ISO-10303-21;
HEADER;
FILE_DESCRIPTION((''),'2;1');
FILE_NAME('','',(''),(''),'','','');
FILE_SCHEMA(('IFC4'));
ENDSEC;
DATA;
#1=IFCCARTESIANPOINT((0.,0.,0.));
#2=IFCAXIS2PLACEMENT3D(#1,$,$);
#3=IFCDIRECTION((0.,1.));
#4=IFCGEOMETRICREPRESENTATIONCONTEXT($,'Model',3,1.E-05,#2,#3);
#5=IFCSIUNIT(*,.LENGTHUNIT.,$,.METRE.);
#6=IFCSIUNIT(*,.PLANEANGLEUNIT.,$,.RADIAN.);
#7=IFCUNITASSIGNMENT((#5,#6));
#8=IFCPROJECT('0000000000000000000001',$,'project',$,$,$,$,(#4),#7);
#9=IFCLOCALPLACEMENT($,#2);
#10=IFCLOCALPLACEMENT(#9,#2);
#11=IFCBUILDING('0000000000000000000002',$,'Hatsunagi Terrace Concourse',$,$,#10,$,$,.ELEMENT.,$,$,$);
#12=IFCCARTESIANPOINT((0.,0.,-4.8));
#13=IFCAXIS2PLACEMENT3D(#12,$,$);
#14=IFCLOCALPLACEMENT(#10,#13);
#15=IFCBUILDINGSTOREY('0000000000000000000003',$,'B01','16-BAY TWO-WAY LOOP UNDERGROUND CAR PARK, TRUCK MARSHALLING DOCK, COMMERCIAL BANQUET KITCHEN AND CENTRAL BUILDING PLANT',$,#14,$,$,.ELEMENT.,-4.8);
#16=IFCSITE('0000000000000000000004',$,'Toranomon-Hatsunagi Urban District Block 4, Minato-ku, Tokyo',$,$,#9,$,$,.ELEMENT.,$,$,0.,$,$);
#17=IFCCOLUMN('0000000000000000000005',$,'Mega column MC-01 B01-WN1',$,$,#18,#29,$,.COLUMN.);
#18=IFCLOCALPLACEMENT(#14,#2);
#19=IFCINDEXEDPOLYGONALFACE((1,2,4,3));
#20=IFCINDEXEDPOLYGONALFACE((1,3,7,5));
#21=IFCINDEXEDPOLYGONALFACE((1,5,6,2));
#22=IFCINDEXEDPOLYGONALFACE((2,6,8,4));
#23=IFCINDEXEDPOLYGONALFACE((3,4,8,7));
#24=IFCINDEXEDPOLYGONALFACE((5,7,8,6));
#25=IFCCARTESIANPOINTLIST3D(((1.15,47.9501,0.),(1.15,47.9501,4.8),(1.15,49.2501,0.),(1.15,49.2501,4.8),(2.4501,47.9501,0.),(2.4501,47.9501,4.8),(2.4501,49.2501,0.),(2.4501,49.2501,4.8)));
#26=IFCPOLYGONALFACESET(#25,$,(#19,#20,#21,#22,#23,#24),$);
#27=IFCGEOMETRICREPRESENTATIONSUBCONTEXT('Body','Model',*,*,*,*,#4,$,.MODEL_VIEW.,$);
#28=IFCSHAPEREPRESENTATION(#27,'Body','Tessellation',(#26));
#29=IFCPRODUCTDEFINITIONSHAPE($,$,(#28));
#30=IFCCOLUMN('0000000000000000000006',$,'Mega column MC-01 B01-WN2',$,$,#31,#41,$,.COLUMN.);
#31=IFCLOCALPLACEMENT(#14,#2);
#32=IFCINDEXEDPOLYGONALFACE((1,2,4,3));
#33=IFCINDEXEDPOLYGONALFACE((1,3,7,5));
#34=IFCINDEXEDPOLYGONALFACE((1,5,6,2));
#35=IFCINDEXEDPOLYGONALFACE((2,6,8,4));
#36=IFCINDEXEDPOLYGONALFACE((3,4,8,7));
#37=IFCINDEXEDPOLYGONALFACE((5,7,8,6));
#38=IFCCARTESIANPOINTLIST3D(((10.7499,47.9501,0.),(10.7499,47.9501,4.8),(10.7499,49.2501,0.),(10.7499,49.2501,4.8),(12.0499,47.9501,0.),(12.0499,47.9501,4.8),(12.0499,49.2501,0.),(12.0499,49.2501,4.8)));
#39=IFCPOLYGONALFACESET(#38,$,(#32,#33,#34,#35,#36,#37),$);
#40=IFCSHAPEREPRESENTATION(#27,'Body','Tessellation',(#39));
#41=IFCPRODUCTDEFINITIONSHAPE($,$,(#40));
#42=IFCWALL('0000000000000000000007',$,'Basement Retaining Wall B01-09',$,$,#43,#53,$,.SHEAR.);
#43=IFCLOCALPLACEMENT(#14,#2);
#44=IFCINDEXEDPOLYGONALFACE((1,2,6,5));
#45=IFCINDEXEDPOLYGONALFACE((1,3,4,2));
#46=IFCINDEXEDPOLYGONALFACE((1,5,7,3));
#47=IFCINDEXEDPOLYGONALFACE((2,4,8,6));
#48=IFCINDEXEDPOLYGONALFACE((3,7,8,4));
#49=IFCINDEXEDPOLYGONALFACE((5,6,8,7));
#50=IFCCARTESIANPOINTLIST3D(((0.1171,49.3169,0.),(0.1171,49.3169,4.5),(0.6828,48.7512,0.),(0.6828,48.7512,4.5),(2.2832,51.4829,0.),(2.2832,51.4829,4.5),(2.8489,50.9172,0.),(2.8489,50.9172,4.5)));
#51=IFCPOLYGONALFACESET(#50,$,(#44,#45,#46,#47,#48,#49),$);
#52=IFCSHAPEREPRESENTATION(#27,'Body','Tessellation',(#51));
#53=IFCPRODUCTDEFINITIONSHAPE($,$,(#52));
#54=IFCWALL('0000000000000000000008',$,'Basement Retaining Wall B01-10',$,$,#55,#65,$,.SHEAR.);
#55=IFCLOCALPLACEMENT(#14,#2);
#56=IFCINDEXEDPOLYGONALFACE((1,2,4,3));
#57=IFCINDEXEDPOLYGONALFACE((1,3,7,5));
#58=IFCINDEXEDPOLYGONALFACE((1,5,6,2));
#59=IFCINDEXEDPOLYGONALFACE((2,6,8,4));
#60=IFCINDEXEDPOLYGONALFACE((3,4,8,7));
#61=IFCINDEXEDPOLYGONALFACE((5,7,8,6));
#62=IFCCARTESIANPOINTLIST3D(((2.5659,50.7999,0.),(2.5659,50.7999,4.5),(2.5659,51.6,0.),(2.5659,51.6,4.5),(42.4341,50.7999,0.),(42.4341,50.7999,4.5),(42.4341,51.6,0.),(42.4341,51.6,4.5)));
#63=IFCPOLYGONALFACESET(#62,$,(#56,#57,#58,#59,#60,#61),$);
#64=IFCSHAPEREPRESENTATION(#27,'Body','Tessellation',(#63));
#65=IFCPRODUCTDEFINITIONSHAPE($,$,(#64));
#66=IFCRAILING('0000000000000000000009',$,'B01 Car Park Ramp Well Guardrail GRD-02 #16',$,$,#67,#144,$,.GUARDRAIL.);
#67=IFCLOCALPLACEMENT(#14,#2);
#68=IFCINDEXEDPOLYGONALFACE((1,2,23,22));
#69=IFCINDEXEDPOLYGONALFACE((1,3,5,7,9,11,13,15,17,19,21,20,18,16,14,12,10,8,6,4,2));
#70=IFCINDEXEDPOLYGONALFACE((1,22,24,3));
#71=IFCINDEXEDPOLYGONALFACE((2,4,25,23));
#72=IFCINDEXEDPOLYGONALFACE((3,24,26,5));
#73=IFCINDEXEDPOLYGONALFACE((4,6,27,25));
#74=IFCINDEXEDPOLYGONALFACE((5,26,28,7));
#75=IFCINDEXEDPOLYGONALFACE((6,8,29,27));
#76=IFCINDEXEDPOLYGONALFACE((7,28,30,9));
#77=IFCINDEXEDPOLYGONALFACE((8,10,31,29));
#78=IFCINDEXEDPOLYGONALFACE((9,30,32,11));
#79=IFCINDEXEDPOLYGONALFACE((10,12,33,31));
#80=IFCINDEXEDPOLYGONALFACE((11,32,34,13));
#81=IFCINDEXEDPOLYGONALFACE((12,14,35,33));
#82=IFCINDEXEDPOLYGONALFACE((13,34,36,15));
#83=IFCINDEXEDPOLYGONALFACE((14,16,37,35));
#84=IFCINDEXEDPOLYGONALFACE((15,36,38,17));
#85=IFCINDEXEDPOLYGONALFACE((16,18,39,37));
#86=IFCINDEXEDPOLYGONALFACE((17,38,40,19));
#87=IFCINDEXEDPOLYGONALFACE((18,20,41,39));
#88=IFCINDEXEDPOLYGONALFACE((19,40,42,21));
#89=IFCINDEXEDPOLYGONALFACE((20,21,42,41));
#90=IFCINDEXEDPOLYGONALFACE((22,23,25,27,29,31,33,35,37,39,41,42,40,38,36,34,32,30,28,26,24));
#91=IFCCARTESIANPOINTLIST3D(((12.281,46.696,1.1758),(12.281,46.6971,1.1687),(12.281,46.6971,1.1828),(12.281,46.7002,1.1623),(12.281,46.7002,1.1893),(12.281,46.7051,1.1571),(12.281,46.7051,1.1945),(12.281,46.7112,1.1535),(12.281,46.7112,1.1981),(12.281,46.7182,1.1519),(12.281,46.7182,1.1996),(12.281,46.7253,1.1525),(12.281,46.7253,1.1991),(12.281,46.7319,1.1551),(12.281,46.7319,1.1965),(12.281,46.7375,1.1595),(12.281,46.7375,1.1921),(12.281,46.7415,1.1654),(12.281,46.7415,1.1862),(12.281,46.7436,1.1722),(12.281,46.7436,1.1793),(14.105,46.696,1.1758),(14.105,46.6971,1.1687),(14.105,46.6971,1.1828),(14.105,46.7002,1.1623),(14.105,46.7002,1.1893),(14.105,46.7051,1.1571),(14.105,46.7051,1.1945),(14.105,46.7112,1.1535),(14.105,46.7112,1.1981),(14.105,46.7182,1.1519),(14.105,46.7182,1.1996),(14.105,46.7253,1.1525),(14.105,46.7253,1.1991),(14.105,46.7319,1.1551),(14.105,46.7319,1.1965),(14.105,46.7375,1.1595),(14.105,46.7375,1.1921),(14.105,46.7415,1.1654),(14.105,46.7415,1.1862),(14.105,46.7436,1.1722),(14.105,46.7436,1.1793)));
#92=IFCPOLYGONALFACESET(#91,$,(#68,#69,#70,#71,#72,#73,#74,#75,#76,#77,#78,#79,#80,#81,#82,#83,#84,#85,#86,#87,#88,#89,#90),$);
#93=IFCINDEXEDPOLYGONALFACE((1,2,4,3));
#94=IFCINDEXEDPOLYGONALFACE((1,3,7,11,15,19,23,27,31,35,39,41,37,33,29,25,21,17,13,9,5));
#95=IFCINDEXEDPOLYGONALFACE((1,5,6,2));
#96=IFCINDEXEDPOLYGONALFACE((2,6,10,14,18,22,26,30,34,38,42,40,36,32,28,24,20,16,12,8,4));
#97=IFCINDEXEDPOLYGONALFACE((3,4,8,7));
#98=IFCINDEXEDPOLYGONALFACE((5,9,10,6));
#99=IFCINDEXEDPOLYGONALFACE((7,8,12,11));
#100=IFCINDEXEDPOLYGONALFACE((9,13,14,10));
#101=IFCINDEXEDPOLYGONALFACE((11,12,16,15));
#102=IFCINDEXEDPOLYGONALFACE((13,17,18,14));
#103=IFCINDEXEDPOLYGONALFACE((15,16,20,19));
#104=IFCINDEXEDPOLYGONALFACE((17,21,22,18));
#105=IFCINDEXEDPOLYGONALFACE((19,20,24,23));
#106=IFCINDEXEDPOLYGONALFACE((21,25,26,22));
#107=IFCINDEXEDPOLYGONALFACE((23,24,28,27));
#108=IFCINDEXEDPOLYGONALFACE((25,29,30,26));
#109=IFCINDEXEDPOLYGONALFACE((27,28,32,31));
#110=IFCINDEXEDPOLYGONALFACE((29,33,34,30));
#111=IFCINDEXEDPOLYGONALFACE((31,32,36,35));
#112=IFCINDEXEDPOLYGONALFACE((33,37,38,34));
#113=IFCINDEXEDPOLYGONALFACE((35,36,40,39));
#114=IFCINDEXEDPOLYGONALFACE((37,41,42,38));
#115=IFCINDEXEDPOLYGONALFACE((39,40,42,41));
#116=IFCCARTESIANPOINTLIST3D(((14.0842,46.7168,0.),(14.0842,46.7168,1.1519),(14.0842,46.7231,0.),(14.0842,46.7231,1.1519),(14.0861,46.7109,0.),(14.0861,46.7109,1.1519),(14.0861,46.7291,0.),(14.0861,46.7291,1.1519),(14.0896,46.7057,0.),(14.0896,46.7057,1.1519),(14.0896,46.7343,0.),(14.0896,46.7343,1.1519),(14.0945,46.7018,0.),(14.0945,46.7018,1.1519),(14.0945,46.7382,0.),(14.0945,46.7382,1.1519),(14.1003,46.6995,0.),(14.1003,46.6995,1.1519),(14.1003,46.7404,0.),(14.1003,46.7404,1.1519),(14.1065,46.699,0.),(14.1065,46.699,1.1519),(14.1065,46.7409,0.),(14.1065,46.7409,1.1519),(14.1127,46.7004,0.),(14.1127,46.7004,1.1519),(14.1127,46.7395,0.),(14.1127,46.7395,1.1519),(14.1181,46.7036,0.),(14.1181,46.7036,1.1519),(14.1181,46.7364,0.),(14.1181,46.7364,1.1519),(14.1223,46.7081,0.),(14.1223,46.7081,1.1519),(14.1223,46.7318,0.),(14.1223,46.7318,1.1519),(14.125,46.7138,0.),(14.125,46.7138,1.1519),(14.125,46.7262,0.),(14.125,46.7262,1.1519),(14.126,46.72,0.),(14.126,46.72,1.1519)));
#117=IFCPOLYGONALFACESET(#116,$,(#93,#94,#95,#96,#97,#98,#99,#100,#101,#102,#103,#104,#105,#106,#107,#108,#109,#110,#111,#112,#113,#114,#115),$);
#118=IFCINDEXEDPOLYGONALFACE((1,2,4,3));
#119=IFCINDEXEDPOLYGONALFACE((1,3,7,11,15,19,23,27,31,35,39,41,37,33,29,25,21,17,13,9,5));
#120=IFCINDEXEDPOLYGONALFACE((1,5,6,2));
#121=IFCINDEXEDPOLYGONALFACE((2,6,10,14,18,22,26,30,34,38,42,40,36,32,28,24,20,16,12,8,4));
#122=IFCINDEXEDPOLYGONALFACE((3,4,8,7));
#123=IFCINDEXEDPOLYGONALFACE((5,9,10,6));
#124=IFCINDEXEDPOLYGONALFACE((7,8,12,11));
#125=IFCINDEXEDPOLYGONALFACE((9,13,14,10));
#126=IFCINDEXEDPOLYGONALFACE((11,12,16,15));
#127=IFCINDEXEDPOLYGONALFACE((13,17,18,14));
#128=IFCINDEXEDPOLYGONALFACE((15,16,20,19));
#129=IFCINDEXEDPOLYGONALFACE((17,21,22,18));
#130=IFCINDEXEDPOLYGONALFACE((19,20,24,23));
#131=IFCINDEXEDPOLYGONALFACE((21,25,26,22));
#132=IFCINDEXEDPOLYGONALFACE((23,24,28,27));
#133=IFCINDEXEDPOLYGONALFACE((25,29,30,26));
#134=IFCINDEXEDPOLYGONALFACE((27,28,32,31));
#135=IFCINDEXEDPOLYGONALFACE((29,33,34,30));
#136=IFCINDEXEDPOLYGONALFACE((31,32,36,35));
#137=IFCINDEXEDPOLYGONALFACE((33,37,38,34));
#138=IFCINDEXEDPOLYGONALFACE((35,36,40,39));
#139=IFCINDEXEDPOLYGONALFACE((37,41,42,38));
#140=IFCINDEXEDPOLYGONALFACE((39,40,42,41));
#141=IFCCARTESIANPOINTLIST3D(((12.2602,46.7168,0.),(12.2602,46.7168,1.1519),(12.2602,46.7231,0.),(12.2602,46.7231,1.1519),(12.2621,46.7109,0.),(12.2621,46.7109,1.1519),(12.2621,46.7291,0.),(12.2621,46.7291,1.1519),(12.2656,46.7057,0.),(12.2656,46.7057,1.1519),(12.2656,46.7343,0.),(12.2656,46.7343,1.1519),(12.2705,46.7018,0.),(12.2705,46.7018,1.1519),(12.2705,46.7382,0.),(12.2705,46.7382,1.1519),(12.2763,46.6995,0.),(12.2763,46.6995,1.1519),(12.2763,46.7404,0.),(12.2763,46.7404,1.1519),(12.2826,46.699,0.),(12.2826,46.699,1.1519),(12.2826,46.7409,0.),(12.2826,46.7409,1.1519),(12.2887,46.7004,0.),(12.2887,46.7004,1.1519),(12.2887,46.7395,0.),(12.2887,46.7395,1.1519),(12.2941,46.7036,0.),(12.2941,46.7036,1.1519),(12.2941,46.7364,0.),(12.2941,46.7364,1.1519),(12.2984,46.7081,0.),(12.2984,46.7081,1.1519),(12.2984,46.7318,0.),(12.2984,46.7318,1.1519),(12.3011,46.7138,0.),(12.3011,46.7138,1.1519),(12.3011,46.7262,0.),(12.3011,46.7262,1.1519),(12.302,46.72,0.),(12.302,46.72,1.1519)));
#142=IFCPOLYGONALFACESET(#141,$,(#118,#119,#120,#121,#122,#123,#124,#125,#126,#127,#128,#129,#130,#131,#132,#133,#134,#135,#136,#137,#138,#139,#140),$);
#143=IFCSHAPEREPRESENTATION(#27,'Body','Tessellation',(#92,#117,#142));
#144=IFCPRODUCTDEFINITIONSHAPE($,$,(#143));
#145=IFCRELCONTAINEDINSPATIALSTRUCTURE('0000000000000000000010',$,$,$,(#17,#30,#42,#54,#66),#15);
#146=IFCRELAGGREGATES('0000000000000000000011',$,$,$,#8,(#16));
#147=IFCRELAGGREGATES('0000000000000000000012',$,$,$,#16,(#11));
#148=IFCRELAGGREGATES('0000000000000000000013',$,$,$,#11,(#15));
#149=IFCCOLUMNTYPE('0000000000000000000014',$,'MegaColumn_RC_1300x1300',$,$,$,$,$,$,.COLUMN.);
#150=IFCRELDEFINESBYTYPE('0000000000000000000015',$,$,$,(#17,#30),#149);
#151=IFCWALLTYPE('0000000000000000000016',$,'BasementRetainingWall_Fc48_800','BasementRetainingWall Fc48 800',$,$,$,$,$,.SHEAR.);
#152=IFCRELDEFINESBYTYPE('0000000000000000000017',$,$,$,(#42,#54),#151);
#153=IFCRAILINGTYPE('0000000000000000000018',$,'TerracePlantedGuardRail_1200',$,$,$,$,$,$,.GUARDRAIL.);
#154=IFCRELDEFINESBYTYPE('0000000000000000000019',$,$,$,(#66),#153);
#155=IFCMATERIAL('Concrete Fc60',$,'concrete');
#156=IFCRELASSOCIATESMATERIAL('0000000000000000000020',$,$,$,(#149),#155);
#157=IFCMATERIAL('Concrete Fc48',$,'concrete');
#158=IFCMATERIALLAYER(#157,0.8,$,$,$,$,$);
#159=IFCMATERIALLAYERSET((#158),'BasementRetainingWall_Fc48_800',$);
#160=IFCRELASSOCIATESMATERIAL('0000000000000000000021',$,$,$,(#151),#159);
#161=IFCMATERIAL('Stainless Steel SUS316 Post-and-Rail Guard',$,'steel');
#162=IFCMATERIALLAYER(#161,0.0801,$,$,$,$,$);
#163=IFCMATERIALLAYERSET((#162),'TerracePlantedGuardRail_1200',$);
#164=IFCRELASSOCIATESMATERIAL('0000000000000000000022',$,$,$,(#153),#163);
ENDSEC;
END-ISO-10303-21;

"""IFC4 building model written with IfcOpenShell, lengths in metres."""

from ifc_helpers import new_model, si_unit, direction, frame, frame_2d, origin, origin_2d, place, context, subcontext, project, spatial, rectangle, circle, extrude, material, layer, layer_set, material_profile, profile_set, type_object, element, save


model = new_model("IFC4")

# Units and contexts
model_context = context("Model", 3, precision=1e-05, world=origin(), true_north=direction((0.0, 1.0)))
body_context = subcontext(model_context, "Body", "Model", "MODEL_VIEW")
ifc_project = project(units=[si_unit("LENGTHUNIT", "METRE"), si_unit("PLANEANGLEUNIT", "RADIAN")], contexts=[model_context])

# Site, building, storey
site_placement = place(None, origin())
site = spatial("IfcSite", under=ifc_project, at=site_placement, Name="Toranomon-Hatsunagi Urban District Block 4, Minato-ku, Tokyo", CompositionType="ELEMENT", RefElevation=0.0)
building_placement = place(site_placement, origin())
building = spatial("IfcBuilding", under=site, at=building_placement, Name="Hatsunagi Terrace Concourse", CompositionType="ELEMENT")
storey_placement = place(building_placement, frame((0.0, 0.0, -4.8)))
storey = spatial("IfcBuildingStorey", under=building, at=storey_placement, Name="B01", Description="16-BAY TWO-WAY LOOP UNDERGROUND CAR PARK, TRUCK MARSHALLING DOCK, COMMERCIAL BANQUET KITCHEN AND CENTRAL BUILDING PLANT", CompositionType="ELEMENT", Elevation=-4.8)

# Columns
ifc_material_1 = material(Name="Concrete Fc60", Category="concrete")
ifc_material_profile = material_profile(ifc_material_1, rectangle(XDim=1.3, YDim=1.3, at=origin_2d()), Name="RC-1300x1300")
ifc_profile_set = profile_set([ifc_material_profile], Name="Concrete Fc60")
column_type = type_object("IfcColumnType", Name="MegaColumn_RC_1300x1300", PredefinedType="COLUMN", material=ifc_profile_set)
for number, where, z_axis, x_axis, name in (
    (1, (1.8, 48.6001, 0.0), (0.0, 0.0, 1.0), (1.0, 0.0, 0.0), "Mega column MC-01 B01-WN1"),
    (2, (11.3999, 48.6001, 0.0), (0.0, 0.0, 1.0), (1.0, 0.0, 0.0), "Mega column MC-01 B01-WN2"),
):
    element("IfcColumn", number, at=place(storey_placement, frame(where, z_axis=z_axis, x_axis=x_axis)), inside=storey, type_object=column_type, Name=name, PredefinedType="COLUMN", context=body_context, shape_type="SweptSolid", body=[
        extrude(rectangle(XDim=1.3, YDim=1.3, at=origin_2d()), origin(), (0.0, 0.0, 1.0), 4.8),
    ])

# Walls
ifc_material_2 = material(Name="Concrete Fc48", Category="concrete")
ifc_layer_1 = layer(ifc_material_2, 0.8)
ifc_layer_set_1 = layer_set([ifc_layer_1], Name="BasementRetainingWall_Fc48_800")
wall_type = type_object("IfcWallType", Name="BasementRetainingWall_Fc48_800", Description="BasementRetainingWall Fc48 800", PredefinedType="SHEAR", material=ifc_layer_set_1)
wall_1_placement = place(storey_placement, frame((0.3999, 49.0339, 0.0), z_axis=(0.0, 0.0, 1.0), x_axis=(0.707107, 0.707107, 0.0)))
element("IfcWall", 3, at=wall_1_placement, inside=storey, type_object=wall_type, Name="Basement Retaining Wall B01-09", PredefinedType="SHEAR", context=body_context, shape_type="SweptSolid", body=[
    extrude(rectangle(XDim=3.0632, YDim=0.8, at=frame_2d((1.5317, 0.0))), origin(), (0.0, 0.0, 1.0), 4.5),
])
wall_2_placement = place(storey_placement, frame((2.5659, 51.2, 0.0), z_axis=(0.0, 0.0, 1.0), x_axis=(1.0, 0.0, 0.0)))
element("IfcWall", 4, at=wall_2_placement, inside=storey, type_object=wall_type, Name="Basement Retaining Wall B01-10", PredefinedType="SHEAR", context=body_context, shape_type="SweptSolid", body=[
    extrude(rectangle(XDim=39.8682, YDim=0.8, at=frame_2d((19.9341, 0.0))), origin(), (0.0, 0.0, 1.0), 4.5),
])

# Railing
ifc_material_3 = material(Name="Stainless Steel SUS316 Post-and-Rail Guard", Category="steel")
ifc_layer_2 = layer(ifc_material_3, 0.0801)
ifc_layer_set_2 = layer_set([ifc_layer_2], Name="TerracePlantedGuardRail_1200")
railing_type = type_object("IfcRailingType", Name="TerracePlantedGuardRail_1200", PredefinedType="GUARDRAIL", material=ifc_layer_set_2)
railing_1_placement = place(storey_placement, frame((14.105, 46.72, 0.0)))
element("IfcRailing", 5, at=railing_1_placement, inside=storey, type_object=railing_type, Name="B01 Car Park Ramp Well Guardrail GRD-02 #16", PredefinedType="GUARDRAIL", context=body_context, shape_type="SweptSolid", body=[
    extrude(circle(Radius=0.0239, at=origin_2d()), frame((0.0, 0.0, 1.1758), z_axis=(-1.0, 0.0, 0.0), x_axis=(0.0, -1.0, 0.0)), (0.0, 0.0, 1.0), 1.824),
    extrude(circle(Radius=0.021, at=origin_2d()), origin(), (0.0, 0.0, 1.0), 1.1519),
    extrude(circle(Radius=0.021, at=origin_2d()), frame((-1.824, 0.0, 0.0)), (0.0, 0.0, 1.0), 1.1519),
])

save(model, "model.ifc")
